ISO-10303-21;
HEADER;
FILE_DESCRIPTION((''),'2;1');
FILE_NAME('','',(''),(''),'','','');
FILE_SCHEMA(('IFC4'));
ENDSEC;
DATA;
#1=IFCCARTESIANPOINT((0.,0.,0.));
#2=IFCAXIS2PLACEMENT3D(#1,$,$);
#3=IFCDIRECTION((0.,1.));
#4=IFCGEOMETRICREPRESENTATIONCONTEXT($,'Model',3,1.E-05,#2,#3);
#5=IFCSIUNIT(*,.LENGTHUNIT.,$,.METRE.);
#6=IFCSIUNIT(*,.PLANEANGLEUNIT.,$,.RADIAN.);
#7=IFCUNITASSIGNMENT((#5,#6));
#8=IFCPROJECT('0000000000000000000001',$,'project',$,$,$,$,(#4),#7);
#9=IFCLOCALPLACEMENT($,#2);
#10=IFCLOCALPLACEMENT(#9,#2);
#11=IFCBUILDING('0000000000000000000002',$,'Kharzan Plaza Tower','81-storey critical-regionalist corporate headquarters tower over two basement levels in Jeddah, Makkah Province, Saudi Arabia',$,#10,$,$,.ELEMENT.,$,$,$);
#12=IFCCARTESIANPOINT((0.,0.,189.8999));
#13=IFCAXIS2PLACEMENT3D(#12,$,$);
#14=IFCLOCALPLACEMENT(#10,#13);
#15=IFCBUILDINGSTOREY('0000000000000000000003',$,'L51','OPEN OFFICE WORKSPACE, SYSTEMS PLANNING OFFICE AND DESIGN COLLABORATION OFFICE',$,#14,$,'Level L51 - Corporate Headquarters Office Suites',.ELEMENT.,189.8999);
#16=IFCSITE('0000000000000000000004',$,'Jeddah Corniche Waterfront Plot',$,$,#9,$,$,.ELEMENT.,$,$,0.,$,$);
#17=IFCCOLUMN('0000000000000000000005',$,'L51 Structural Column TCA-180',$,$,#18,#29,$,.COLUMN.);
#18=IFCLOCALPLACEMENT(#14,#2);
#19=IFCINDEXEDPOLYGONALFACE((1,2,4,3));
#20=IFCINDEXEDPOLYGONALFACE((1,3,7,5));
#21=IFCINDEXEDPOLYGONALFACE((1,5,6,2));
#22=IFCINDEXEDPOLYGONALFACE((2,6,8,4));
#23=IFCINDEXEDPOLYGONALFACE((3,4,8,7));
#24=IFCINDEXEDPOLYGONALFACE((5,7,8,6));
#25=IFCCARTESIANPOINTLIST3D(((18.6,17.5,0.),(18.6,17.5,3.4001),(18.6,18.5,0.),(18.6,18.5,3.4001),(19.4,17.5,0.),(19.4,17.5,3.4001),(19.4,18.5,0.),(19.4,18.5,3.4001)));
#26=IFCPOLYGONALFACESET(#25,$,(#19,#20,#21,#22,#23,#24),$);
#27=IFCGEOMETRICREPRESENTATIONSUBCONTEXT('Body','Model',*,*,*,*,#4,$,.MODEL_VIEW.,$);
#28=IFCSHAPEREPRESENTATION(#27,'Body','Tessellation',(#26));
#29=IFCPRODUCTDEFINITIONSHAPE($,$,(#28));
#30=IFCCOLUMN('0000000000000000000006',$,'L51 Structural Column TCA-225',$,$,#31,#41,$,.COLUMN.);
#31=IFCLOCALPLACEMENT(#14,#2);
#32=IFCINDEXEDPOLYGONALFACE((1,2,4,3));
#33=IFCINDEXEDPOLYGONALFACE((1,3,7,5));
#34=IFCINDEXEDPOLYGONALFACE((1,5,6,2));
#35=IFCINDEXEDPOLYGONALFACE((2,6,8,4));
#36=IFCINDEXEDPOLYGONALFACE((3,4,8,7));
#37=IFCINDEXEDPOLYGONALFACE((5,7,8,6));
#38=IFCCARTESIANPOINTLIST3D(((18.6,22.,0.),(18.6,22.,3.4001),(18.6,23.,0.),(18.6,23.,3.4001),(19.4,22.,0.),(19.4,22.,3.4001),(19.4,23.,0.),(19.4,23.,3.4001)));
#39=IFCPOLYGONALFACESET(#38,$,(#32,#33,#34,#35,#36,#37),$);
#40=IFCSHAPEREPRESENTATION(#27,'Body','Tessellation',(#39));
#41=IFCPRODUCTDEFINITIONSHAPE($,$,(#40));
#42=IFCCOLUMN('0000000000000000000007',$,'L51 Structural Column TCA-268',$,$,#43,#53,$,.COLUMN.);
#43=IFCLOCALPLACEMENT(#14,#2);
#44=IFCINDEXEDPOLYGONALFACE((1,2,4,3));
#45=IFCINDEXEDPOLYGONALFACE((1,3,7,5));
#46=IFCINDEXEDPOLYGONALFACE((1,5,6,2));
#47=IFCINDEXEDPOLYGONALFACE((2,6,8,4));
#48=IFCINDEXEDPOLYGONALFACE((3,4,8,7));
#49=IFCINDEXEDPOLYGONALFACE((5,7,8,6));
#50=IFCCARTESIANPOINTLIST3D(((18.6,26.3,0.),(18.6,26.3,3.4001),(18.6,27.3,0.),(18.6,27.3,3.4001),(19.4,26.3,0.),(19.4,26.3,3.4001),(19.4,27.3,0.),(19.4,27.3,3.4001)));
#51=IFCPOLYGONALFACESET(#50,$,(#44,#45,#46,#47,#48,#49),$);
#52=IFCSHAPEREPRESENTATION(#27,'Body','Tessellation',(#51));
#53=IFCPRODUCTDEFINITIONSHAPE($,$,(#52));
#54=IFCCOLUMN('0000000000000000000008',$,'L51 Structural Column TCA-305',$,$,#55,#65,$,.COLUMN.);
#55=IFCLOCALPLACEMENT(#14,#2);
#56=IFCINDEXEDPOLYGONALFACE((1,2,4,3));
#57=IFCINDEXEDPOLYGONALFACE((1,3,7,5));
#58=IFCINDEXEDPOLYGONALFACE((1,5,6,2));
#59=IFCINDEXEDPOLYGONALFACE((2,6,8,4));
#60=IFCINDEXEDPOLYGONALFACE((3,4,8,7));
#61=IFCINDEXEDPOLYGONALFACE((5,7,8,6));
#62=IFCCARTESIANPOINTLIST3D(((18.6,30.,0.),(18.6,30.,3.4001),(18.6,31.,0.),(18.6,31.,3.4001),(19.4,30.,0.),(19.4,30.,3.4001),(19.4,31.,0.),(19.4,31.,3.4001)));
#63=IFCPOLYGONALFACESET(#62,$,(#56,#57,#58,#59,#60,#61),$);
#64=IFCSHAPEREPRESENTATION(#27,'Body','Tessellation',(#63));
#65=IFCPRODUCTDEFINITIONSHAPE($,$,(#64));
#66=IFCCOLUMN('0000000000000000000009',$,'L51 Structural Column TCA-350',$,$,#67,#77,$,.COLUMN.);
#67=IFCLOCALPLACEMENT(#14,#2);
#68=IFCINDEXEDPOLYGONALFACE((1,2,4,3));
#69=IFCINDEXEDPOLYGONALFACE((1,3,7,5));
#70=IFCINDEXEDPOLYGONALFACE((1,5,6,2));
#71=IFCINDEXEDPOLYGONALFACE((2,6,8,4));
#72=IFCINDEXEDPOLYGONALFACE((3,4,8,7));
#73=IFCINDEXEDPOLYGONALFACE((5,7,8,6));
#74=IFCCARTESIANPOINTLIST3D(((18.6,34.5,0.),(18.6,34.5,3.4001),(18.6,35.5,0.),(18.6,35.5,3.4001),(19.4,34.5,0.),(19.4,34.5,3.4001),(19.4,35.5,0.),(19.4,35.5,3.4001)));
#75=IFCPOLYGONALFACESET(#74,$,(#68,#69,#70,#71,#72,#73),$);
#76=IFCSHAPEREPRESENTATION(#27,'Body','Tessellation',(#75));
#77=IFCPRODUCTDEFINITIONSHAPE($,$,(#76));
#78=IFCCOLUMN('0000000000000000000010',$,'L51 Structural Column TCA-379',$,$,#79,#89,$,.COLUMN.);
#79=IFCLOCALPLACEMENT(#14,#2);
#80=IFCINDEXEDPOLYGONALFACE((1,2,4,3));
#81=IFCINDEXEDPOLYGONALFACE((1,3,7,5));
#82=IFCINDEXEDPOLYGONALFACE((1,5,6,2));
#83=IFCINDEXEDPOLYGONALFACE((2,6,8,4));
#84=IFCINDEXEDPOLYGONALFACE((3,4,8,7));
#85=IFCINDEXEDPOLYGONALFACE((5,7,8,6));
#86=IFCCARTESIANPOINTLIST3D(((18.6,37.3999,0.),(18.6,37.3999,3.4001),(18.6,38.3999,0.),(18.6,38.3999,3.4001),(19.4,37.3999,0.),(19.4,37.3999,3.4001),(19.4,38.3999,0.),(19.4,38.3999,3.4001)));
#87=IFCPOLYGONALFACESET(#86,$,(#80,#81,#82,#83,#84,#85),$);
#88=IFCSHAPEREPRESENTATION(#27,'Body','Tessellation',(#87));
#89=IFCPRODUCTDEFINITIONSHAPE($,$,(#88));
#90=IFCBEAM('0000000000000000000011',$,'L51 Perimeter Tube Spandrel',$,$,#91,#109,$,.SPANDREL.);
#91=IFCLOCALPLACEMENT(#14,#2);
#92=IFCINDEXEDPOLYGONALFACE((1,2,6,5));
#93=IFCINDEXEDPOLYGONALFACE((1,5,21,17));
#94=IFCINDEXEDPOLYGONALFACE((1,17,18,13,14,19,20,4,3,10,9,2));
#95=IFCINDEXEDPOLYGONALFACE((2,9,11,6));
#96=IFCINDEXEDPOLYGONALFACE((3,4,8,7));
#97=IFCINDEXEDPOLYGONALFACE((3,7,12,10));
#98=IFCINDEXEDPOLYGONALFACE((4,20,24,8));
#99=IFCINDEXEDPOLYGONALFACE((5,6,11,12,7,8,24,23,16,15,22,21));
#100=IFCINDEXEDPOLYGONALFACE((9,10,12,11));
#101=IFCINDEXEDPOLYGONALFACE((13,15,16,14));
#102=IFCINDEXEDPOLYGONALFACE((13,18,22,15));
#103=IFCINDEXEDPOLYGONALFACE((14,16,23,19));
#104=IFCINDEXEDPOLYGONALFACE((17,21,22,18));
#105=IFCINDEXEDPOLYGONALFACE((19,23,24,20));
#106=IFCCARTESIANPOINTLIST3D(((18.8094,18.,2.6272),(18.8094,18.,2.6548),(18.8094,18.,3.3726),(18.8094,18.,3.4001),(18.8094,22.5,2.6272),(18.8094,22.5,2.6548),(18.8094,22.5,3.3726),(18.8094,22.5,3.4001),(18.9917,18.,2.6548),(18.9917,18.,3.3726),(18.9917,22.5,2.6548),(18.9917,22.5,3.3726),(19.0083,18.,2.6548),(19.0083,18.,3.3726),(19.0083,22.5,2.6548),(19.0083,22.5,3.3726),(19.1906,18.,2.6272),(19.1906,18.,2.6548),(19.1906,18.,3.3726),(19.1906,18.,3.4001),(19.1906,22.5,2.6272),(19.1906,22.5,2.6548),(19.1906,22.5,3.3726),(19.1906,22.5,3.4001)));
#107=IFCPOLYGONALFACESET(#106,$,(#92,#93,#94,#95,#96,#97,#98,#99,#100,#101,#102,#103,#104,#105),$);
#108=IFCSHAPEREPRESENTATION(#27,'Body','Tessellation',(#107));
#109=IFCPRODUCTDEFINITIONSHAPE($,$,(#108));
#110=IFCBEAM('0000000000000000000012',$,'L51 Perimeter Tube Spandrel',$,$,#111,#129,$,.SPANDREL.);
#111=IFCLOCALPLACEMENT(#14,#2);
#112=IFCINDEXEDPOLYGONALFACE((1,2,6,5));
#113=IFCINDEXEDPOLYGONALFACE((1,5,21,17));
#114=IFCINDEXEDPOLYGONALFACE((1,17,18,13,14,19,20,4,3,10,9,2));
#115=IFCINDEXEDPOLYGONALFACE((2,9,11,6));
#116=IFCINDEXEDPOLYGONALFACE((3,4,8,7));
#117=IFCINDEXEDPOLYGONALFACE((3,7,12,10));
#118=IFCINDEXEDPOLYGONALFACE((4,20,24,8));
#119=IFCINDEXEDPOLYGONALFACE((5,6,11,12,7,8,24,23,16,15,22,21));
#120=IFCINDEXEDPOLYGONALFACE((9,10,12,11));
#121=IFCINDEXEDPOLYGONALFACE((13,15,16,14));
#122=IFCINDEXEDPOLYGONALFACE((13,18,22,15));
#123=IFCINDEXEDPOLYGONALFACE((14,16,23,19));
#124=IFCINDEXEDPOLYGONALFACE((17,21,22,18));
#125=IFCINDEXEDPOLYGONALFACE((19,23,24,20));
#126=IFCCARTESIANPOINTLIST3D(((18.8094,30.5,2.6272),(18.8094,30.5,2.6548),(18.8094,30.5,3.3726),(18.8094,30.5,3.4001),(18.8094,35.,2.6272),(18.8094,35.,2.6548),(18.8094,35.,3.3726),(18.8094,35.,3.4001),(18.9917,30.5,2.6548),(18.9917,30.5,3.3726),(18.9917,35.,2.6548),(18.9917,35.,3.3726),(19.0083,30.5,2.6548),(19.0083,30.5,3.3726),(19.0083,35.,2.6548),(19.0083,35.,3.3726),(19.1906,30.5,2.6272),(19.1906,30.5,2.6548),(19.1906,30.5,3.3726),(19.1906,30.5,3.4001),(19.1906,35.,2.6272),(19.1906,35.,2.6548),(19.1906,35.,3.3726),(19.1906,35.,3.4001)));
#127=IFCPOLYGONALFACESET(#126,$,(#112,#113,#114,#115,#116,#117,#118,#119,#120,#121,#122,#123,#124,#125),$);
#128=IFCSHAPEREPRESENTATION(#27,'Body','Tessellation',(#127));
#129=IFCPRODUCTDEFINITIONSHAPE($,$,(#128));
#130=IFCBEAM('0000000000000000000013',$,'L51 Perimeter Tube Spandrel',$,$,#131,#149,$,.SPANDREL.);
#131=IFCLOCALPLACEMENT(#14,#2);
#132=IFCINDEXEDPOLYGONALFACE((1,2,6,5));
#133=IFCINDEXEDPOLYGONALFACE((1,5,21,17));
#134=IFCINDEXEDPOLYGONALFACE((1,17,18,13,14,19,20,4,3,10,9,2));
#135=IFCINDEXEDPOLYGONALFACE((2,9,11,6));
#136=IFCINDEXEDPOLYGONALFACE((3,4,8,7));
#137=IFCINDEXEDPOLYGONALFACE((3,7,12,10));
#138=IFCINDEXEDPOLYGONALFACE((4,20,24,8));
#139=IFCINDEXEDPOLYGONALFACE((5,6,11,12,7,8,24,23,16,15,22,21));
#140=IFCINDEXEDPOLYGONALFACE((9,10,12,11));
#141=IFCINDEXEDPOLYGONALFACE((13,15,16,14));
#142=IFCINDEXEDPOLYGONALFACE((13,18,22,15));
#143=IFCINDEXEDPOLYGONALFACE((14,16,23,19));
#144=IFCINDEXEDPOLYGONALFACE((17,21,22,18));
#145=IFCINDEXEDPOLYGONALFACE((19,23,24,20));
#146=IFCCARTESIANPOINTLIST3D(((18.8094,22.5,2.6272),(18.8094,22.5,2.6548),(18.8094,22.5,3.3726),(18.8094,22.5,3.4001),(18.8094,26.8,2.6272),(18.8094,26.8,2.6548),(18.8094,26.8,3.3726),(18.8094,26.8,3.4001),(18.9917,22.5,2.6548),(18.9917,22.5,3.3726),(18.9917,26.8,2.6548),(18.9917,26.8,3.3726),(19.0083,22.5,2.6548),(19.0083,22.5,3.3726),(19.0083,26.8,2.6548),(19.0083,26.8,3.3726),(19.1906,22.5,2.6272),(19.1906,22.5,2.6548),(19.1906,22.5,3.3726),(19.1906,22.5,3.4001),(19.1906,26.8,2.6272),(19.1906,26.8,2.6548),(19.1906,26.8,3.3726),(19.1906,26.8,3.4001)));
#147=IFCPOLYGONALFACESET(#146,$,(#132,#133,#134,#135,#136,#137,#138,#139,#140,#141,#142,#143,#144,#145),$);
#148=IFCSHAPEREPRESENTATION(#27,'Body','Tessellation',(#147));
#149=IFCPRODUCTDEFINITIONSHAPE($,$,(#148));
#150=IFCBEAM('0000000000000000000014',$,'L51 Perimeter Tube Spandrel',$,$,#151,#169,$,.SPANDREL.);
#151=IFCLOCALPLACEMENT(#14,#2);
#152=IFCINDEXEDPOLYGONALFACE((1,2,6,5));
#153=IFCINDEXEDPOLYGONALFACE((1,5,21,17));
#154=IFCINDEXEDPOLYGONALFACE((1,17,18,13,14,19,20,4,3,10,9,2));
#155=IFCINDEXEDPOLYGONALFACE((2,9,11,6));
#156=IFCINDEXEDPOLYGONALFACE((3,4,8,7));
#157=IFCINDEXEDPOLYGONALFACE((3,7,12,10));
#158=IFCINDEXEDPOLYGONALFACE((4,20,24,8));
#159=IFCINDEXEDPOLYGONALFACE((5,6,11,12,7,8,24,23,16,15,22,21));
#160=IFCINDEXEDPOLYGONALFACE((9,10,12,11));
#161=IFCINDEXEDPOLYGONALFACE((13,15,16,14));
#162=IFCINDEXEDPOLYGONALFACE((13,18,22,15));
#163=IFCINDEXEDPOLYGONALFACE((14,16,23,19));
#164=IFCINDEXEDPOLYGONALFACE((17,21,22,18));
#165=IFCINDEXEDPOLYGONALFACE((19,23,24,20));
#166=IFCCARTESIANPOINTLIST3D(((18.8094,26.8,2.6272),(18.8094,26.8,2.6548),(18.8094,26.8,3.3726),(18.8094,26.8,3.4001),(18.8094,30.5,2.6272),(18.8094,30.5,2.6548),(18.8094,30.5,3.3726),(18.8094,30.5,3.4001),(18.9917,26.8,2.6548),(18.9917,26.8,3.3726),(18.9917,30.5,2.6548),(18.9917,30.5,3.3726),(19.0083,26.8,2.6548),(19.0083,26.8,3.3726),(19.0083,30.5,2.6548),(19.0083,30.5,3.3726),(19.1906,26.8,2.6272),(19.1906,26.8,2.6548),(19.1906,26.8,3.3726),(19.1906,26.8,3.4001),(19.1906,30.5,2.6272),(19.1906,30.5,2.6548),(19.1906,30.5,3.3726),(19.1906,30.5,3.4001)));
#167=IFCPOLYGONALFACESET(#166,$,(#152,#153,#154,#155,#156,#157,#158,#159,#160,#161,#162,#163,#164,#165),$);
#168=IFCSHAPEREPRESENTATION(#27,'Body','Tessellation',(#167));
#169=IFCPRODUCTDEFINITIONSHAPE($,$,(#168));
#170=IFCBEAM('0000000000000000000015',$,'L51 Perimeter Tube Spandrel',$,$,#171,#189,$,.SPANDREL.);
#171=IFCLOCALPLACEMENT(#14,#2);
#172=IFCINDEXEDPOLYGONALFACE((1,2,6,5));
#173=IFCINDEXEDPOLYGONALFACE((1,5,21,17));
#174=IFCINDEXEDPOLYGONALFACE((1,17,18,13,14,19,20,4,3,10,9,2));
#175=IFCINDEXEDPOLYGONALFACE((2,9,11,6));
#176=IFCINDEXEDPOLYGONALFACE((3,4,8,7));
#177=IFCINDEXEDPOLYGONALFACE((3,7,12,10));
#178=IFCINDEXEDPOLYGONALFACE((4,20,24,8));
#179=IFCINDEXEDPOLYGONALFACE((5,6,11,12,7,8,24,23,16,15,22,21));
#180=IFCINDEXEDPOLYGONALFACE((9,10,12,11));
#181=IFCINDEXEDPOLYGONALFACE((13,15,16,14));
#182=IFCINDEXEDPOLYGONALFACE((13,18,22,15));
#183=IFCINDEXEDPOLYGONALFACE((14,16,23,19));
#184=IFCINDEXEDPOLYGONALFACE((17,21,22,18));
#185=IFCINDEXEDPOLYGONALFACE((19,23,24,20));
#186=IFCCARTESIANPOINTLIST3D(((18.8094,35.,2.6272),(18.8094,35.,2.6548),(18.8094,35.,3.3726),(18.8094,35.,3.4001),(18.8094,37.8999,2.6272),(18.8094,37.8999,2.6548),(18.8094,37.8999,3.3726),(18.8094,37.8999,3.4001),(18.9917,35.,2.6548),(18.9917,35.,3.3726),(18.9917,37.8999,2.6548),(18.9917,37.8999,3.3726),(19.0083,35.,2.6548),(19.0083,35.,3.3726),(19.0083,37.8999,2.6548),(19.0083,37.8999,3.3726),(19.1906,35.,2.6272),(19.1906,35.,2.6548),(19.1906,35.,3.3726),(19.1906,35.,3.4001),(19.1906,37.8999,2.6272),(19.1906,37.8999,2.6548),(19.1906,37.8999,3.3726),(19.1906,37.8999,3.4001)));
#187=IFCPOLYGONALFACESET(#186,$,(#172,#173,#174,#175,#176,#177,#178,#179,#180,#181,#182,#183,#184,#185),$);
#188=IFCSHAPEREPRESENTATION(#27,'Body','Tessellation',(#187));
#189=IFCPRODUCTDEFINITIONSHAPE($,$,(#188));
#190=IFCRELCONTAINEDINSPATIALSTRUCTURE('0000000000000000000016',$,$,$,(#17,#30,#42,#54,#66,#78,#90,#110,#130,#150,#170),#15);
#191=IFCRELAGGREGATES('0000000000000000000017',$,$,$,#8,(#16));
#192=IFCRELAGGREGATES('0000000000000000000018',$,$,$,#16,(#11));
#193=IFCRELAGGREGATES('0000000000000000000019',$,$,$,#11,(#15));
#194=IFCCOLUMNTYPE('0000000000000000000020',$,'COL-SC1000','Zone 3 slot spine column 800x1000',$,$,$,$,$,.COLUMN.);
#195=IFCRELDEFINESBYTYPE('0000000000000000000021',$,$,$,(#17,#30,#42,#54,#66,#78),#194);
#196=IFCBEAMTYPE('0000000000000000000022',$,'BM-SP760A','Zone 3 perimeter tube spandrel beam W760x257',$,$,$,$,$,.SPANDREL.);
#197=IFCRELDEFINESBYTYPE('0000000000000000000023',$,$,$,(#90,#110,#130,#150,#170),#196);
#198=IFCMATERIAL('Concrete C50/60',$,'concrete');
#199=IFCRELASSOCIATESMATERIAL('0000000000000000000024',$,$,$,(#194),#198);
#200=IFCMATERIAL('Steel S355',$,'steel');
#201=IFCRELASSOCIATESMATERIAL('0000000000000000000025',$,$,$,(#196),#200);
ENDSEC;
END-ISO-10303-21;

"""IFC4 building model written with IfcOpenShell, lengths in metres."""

from ifc_helpers import new_model, si_unit, direction, frame, origin, origin_2d, place, context, subcontext, project, spatial, rectangle, i_section, extrude, source, transform, mapped, material, material_profile, profile_set, type_object, element, save


model = new_model("IFC4")

# Units and contexts
model_context = context("Model", 3, precision=1e-05, world=origin(), true_north=direction((0.0, 1.0)))
body_context = subcontext(model_context, "Body", "Model", "MODEL_VIEW")
ifc_project = project(units=[si_unit("LENGTHUNIT", "METRE"), si_unit("PLANEANGLEUNIT", "RADIAN")], contexts=[model_context])

# Site, building, storey
site_placement = place(None, origin())
site = spatial("IfcSite", under=ifc_project, at=site_placement, Name="Jeddah Corniche Waterfront Plot", CompositionType="ELEMENT", RefElevation=0.0)
building_placement = place(site_placement, origin())
building = spatial("IfcBuilding", under=site, at=building_placement, Name="Kharzan Plaza Tower", Description="81-storey critical-regionalist corporate headquarters tower over two basement levels in Jeddah, Makkah Province, Saudi Arabia", CompositionType="ELEMENT")
storey_placement = place(building_placement, frame((0.0, 0.0, 189.8999)))
storey = spatial("IfcBuildingStorey", under=building, at=storey_placement, Name="L51", Description="OPEN OFFICE WORKSPACE, SYSTEMS PLANNING OFFICE AND DESIGN COLLABORATION OFFICE", LongName="Level L51 - Corporate Headquarters Office Suites", CompositionType="ELEMENT", Elevation=189.8999)

# Columns
ifc_material_1 = material(Name="Concrete C50/60", Category="concrete")
ifc_material_profile_1 = material_profile(ifc_material_1, rectangle(XDim=0.8, YDim=1.0, at=origin_2d()), Name="RC-SC1000x800")
ifc_profile_set_1 = profile_set([ifc_material_profile_1], Name="Concrete C50/60")
column_type = type_object("IfcColumnType", Name="COL-SC1000", Description="Zone 3 slot spine column 800x1000", PredefinedType="COLUMN", material=ifc_profile_set_1)
shared_shape_1 = source(origin(), body_context, "Body", "SweptSolid", [
    extrude(rectangle(XDim=0.8, YDim=1.0, at=origin_2d()), origin(), (0.0, 0.0, 1.0), 3.4001),
])
for number, where, z_axis, x_axis, name in (
    (1, (19.0, 18.0, 0.0), (0.0, 0.0, 1.0), (1.0, 0.0, 0.0), "L51 Structural Column TCA-180"),
    (2, (19.0, 22.5, 0.0), (0.0, 0.0, 1.0), (1.0, 0.0, 0.0), "L51 Structural Column TCA-225"),
    (3, (19.0, 26.8, 0.0), (0.0, 0.0, 1.0), (1.0, 0.0, 0.0), "L51 Structural Column TCA-268"),
    (4, (19.0, 30.5, 0.0), (0.0, 0.0, 1.0), (1.0, 0.0, 0.0), "L51 Structural Column TCA-305"),
    (5, (19.0, 35.0, 0.0), (0.0, 0.0, 1.0), (1.0, 0.0, 0.0), "L51 Structural Column TCA-350"),
    (6, (19.0, 37.8999, 0.0), (0.0, 0.0, 1.0), (1.0, 0.0, 0.0), "L51 Structural Column TCA-379"),
):
    element("IfcColumn", number, at=place(storey_placement, frame(where, z_axis=z_axis, x_axis=x_axis)), inside=storey, type_object=column_type, Name=name, PredefinedType="COLUMN", context=body_context, shape_type="MappedRepresentation", body=[
        mapped(shared_shape_1, transform((0.0, 0.0, 0.0), x_axis=(1.0, 0.0, 0.0), y_axis=(0.0, 1.0, 0.0), z_axis=(0.0, 0.0, 1.0))),
    ])

# Beams
ifc_material_2 = material(Name="Steel S355", Category="steel")
ifc_material_profile_2 = material_profile(ifc_material_2, i_section(OverallWidth=0.3811, OverallDepth=0.7729, WebThickness=0.0166, FlangeThickness=0.0276, at=origin_2d()), Name="W760x257")
ifc_profile_set_2 = profile_set([ifc_material_profile_2], Name="Steel S355")
beam_type = type_object("IfcBeamType", Name="BM-SP760A", Description="Zone 3 perimeter tube spandrel beam W760x257", PredefinedType="SPANDREL", material=ifc_profile_set_2)
shared_shape_2 = source(origin(), body_context, "Body", "SweptSolid", [
    extrude(i_section(OverallWidth=0.3811, OverallDepth=0.7729, WebThickness=0.0166, FlangeThickness=0.0276, at=origin_2d()), origin(), (0.0, 0.0, 1.0), 4.5),
])
for number, where, z_axis, x_axis, name in (
    (7, (19.0, 18.0, 3.0137), (0.0, 1.0, 0.0), (-1.0, 0.0, 0.0), "L51 Perimeter Tube Spandrel"),
    (8, (19.0, 30.5, 3.0137), (0.0, 1.0, 0.0), (-1.0, 0.0, 0.0), "L51 Perimeter Tube Spandrel"),
):
    element("IfcBeam", number, at=place(storey_placement, frame(where, z_axis=z_axis, x_axis=x_axis)), inside=storey, type_object=beam_type, Name=name, PredefinedType="SPANDREL", context=body_context, shape_type="MappedRepresentation", body=[
        mapped(shared_shape_2, transform((0.0, 0.0, 0.0), x_axis=(1.0, 0.0, 0.0), y_axis=(0.0, 1.0, 0.0), z_axis=(0.0, 0.0, 1.0))),
    ])
shared_shape_3 = source(origin(), body_context, "Body", "SweptSolid", [
    extrude(i_section(OverallWidth=0.3811, OverallDepth=0.7729, WebThickness=0.0166, FlangeThickness=0.0276, at=origin_2d()), origin(), (0.0, 0.0, 1.0), 4.3),
])
beam_1_placement = place(storey_placement, frame((19.0, 22.5, 3.0137), z_axis=(0.0, 1.0, 0.0), x_axis=(-1.0, 0.0, 0.0)))
element("IfcBeam", 9, at=beam_1_placement, inside=storey, type_object=beam_type, Name="L51 Perimeter Tube Spandrel", PredefinedType="SPANDREL", context=body_context, shape_type="MappedRepresentation", body=[
    mapped(shared_shape_3, transform((0.0, 0.0, 0.0), x_axis=(1.0, 0.0, 0.0), y_axis=(0.0, 1.0, 0.0), z_axis=(0.0, 0.0, 1.0))),
])
shared_shape_4 = source(origin(), body_context, "Body", "SweptSolid", [
    extrude(i_section(OverallWidth=0.3811, OverallDepth=0.7729, WebThickness=0.0166, FlangeThickness=0.0276, at=origin_2d()), origin(), (0.0, 0.0, 1.0), 3.7),
])
beam_2_placement = place(storey_placement, frame((19.0, 26.8, 3.0137), z_axis=(0.0, 1.0, 0.0), x_axis=(-1.0, 0.0, 0.0)))
element("IfcBeam", 10, at=beam_2_placement, inside=storey, type_object=beam_type, Name="L51 Perimeter Tube Spandrel", PredefinedType="SPANDREL", context=body_context, shape_type="MappedRepresentation", body=[
    mapped(shared_shape_4, transform((0.0, 0.0, 0.0), x_axis=(1.0, 0.0, 0.0), y_axis=(0.0, 1.0, 0.0), z_axis=(0.0, 0.0, 1.0))),
])
shared_shape_5 = source(origin(), body_context, "Body", "SweptSolid", [
    extrude(i_section(OverallWidth=0.3811, OverallDepth=0.7729, WebThickness=0.0166, FlangeThickness=0.0276, at=origin_2d()), origin(), (0.0, 0.0, 1.0), 2.8999),
])
beam_3_placement = place(storey_placement, frame((19.0, 35.0, 3.0137), z_axis=(0.0, 1.0, 0.0), x_axis=(-1.0, 0.0, 0.0)))
element("IfcBeam", 11, at=beam_3_placement, inside=storey, type_object=beam_type, Name="L51 Perimeter Tube Spandrel", PredefinedType="SPANDREL", context=body_context, shape_type="MappedRepresentation", body=[
    mapped(shared_shape_5, transform((0.0, 0.0, 0.0), x_axis=(1.0, 0.0, 0.0), y_axis=(0.0, 1.0, 0.0), z_axis=(0.0, 0.0, 1.0))),
])

save(model, "model.ifc")
